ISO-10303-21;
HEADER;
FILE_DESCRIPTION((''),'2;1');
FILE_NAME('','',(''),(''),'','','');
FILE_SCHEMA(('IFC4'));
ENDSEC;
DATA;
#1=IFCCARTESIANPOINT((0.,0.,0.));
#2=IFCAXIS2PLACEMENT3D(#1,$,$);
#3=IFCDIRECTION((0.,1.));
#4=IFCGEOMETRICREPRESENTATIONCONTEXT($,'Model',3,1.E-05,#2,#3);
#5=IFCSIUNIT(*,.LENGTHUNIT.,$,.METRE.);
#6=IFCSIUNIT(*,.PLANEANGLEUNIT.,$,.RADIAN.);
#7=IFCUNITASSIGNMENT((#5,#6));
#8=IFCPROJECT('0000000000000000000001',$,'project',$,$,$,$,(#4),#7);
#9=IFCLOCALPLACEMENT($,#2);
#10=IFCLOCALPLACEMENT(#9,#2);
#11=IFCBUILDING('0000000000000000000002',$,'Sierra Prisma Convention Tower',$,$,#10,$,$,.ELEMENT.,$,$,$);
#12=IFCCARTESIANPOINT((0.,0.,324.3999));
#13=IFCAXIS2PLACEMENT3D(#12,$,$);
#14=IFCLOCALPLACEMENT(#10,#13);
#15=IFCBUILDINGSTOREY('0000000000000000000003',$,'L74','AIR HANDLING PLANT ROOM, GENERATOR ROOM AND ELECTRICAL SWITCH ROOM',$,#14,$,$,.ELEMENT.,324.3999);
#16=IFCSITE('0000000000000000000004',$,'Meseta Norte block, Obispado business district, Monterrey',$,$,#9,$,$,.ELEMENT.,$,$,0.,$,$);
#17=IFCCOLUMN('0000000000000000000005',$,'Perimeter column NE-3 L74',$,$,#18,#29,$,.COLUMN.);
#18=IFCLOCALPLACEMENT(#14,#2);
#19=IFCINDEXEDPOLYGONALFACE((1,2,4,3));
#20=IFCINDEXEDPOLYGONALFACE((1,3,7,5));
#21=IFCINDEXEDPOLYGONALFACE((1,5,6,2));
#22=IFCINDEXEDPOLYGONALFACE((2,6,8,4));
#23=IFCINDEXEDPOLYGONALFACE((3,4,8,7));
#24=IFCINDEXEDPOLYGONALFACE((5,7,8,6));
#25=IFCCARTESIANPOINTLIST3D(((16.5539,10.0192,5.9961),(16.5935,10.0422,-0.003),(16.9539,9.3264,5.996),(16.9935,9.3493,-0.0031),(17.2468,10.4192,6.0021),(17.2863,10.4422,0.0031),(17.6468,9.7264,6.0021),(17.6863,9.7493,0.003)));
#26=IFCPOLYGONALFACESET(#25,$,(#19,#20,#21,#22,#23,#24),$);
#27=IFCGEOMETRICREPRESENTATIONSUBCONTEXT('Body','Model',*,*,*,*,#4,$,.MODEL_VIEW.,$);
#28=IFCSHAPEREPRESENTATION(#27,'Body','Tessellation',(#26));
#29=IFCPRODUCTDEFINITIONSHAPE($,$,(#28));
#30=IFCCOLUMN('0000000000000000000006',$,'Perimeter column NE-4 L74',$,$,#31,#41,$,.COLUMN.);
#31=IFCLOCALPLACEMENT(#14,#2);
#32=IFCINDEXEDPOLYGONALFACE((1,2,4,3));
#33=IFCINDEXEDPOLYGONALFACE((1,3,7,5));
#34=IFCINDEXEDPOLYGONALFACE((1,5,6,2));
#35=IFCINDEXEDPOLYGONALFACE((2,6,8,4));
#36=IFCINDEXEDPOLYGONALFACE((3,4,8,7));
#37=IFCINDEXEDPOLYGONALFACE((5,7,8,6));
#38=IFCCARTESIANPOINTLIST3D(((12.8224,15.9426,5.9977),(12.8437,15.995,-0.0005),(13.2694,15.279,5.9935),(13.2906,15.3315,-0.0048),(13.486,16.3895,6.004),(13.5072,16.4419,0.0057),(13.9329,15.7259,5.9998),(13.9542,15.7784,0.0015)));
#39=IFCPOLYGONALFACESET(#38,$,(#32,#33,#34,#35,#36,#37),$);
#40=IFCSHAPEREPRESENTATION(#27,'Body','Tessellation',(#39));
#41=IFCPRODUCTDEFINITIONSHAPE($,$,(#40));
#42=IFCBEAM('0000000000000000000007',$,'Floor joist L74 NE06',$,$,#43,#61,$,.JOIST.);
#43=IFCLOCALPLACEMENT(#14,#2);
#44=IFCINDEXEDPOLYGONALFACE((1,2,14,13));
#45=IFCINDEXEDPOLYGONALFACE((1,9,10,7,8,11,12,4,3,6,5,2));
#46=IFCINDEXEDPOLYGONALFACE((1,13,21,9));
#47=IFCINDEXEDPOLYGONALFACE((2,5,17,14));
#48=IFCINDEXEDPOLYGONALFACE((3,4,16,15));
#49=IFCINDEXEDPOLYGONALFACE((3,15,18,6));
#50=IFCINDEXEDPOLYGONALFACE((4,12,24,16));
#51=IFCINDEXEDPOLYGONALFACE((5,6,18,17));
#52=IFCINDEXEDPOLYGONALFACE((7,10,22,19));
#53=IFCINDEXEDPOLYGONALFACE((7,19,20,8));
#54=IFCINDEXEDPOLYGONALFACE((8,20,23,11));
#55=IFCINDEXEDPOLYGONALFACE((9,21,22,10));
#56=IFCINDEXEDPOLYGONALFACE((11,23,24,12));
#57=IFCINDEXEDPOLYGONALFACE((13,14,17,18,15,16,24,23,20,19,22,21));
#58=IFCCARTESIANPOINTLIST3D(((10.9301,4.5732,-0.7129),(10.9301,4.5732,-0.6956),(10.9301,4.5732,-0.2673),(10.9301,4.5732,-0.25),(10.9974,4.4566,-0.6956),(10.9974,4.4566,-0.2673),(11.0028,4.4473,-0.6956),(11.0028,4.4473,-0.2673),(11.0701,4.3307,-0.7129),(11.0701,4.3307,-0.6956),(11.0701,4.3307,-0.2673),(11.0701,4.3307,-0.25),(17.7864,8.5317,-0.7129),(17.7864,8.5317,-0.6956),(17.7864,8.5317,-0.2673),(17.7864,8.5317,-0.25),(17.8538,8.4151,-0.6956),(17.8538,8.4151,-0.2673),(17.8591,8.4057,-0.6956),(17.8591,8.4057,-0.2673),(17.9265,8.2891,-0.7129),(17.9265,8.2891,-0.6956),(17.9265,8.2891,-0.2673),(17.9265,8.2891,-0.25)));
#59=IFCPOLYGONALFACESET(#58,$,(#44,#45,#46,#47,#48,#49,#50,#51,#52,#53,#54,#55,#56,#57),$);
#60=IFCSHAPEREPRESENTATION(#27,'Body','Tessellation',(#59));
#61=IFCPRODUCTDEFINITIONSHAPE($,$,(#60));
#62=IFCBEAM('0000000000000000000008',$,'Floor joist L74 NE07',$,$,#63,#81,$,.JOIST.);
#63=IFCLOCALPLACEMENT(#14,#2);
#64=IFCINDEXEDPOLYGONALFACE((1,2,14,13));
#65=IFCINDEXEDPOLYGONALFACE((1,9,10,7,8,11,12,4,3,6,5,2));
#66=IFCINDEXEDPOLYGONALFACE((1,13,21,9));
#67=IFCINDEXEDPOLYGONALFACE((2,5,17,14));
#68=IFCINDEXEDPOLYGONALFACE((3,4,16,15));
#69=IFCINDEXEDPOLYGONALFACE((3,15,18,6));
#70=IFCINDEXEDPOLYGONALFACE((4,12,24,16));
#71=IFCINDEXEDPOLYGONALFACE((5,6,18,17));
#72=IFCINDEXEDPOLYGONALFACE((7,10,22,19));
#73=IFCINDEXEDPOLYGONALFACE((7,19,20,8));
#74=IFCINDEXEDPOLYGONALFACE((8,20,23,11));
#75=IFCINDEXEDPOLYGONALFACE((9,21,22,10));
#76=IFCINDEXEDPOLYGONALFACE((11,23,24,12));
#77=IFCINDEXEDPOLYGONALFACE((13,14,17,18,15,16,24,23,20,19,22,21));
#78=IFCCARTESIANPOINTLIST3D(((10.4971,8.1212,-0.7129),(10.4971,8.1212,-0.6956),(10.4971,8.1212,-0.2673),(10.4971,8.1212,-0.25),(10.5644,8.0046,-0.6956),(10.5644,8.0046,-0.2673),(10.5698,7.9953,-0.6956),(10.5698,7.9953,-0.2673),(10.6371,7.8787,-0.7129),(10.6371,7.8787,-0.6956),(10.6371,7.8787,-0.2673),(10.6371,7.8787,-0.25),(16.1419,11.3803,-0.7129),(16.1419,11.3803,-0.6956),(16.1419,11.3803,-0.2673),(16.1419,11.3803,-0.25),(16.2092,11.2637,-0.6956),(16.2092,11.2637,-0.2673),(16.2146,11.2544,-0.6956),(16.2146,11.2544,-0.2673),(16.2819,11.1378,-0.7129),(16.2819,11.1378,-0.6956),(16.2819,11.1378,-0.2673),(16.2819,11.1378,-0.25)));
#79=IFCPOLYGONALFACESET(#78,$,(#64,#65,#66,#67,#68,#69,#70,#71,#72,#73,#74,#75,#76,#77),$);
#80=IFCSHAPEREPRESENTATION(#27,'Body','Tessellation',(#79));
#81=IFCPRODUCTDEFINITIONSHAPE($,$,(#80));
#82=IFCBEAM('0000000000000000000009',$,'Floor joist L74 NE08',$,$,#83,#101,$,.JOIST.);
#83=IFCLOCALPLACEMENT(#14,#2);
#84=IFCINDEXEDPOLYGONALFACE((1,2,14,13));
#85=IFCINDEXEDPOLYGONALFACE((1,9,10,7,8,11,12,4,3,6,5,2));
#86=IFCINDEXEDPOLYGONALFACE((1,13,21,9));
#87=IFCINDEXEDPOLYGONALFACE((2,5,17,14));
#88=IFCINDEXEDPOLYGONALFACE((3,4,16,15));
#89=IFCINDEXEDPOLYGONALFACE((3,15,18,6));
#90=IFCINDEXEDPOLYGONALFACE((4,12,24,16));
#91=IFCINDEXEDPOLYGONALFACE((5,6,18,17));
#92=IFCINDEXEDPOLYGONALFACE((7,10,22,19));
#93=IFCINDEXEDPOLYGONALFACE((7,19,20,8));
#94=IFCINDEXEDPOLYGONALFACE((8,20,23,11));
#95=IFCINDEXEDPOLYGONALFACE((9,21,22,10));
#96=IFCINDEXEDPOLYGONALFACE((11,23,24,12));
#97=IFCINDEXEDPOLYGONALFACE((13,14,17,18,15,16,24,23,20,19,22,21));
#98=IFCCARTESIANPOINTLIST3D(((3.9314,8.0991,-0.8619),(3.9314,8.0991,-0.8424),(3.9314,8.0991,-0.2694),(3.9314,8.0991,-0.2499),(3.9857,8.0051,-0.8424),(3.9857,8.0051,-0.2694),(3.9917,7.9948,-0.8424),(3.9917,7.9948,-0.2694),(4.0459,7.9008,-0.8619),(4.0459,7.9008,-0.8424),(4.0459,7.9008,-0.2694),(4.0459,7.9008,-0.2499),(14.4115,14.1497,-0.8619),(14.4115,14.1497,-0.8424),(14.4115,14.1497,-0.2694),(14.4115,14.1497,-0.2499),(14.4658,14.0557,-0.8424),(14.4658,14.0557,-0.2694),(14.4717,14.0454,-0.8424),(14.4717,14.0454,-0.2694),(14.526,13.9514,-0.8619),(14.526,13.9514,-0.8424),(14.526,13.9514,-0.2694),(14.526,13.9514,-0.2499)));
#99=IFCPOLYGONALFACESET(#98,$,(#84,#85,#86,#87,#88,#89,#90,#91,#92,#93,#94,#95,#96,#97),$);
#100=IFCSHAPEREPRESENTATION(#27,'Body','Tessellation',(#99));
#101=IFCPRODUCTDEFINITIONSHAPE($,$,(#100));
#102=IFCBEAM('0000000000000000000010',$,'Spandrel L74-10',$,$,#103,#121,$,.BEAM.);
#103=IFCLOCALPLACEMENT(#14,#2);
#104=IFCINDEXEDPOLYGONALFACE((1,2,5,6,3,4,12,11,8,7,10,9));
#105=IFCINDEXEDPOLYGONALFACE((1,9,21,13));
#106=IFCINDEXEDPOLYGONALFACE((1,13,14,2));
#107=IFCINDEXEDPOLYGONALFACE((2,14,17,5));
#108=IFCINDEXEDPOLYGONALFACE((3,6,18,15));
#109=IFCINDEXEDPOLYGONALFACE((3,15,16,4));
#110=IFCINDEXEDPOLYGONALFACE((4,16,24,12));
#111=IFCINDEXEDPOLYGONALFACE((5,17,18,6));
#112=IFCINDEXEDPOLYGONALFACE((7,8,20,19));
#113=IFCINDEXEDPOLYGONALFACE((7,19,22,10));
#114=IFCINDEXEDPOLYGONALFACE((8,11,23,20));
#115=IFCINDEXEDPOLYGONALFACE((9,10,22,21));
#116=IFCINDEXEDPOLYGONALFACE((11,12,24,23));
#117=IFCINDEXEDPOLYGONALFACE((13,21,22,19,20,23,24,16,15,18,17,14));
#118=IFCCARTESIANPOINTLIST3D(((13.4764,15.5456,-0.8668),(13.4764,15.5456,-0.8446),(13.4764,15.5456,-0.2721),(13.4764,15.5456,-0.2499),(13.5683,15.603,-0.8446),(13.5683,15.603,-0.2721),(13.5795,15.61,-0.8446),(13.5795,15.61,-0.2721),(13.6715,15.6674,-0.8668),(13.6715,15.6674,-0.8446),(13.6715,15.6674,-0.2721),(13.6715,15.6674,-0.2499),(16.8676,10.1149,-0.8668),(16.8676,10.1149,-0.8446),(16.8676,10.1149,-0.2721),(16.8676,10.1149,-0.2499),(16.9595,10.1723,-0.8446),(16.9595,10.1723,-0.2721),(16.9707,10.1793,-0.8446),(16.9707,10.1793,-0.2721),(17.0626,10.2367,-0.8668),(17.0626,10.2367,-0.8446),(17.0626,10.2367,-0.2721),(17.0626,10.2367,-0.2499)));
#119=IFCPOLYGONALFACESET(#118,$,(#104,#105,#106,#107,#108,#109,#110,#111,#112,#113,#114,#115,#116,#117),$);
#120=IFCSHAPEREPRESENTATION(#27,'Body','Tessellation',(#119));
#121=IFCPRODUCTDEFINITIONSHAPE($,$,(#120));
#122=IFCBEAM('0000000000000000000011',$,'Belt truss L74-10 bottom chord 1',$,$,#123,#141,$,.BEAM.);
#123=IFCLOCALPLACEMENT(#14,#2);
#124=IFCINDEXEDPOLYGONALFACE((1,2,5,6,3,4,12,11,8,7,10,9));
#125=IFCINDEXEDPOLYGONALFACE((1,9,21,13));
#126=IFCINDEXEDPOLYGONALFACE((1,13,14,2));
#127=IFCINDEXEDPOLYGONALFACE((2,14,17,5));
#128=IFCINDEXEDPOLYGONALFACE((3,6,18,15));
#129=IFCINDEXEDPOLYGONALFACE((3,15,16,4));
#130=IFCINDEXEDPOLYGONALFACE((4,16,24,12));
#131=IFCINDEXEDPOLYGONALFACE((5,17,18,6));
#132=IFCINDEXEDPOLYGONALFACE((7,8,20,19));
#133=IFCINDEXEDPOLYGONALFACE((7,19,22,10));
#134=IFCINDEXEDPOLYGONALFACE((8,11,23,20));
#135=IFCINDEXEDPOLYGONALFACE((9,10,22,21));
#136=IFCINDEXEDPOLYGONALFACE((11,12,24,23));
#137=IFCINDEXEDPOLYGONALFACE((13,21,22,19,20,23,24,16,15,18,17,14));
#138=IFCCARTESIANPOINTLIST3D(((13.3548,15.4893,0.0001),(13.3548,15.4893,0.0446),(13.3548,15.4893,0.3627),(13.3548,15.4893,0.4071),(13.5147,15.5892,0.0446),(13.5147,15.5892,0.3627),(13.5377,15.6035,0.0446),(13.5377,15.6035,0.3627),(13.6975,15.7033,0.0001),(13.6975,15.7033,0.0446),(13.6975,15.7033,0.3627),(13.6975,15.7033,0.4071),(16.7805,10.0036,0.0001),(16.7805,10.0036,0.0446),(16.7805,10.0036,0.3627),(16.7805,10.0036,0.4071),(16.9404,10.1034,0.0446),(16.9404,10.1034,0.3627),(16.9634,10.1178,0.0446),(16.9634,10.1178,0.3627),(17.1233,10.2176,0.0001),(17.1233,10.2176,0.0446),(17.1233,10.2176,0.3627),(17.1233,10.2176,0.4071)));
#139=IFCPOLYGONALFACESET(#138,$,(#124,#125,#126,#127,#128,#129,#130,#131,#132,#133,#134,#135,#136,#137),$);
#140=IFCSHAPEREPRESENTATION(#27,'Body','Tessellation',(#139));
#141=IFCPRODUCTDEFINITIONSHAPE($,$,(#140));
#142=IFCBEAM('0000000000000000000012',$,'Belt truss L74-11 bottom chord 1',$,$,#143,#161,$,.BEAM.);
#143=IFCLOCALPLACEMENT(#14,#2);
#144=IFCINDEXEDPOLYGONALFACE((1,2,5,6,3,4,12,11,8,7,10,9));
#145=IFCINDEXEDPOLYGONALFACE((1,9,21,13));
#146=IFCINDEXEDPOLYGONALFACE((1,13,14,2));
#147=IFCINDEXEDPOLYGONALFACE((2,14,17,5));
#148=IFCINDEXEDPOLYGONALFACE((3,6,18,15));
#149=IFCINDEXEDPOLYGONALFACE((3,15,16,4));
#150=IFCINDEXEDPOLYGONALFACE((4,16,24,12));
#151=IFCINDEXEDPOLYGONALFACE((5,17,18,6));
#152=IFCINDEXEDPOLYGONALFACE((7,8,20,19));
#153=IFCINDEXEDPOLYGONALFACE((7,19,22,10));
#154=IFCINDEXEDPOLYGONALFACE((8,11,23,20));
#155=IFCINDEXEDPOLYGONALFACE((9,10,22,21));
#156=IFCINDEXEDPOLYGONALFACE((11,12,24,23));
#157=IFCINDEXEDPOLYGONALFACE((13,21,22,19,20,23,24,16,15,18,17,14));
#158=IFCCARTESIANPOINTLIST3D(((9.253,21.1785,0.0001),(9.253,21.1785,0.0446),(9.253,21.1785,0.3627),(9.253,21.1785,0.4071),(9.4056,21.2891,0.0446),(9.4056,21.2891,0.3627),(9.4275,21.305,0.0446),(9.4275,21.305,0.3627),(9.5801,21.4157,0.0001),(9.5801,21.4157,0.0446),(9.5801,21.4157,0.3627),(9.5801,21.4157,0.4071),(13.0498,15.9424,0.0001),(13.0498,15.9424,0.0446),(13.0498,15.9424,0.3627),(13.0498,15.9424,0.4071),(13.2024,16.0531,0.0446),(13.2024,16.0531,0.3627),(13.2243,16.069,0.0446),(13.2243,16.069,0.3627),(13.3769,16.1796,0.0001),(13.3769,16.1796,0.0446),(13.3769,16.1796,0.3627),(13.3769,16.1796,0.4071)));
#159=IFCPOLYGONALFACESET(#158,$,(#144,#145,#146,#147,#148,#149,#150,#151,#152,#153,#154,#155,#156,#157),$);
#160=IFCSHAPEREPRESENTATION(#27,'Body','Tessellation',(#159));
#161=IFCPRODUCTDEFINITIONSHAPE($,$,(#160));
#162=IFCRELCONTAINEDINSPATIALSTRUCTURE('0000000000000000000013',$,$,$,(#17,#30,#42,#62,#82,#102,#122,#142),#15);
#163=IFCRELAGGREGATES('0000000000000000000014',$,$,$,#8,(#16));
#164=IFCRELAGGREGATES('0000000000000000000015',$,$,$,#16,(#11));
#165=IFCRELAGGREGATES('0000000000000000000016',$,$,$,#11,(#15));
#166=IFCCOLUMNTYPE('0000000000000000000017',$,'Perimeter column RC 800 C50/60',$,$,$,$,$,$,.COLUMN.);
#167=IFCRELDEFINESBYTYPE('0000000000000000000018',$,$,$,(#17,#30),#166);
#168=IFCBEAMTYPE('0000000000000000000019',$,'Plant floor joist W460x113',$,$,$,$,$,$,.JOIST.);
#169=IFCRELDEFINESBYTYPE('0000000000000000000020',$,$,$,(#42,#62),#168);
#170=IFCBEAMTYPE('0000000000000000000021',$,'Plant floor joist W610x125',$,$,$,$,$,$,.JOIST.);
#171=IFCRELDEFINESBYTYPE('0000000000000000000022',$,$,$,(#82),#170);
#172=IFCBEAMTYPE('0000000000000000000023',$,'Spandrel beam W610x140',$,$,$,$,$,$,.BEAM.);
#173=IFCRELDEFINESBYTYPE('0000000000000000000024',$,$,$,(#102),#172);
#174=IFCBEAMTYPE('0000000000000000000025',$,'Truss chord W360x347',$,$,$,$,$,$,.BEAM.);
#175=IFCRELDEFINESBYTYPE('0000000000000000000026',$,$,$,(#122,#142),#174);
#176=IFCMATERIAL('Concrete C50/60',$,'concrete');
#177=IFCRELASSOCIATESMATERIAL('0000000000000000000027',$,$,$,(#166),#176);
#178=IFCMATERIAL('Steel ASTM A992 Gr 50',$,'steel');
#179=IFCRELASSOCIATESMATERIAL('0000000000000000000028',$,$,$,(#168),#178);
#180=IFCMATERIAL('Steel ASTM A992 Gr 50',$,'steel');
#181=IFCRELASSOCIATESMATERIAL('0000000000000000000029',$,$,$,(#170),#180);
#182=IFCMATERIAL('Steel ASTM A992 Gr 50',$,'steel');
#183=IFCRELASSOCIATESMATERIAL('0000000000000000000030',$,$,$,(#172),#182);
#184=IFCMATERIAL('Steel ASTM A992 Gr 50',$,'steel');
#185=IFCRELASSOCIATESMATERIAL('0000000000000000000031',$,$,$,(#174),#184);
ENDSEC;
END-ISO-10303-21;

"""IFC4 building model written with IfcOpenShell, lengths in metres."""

from ifc_helpers import new_model, si_unit, direction, frame, origin, origin_2d, place, context, subcontext, project, spatial, rectangle, i_section, extrude, clip, halfspace, material, material_profile, profile_set, type_object, element, save


model = new_model("IFC4")

# Units and contexts
model_context = context("Model", 3, precision=1e-05, world=origin(), true_north=direction((0.0, 1.0)))
body_context = subcontext(model_context, "Body", "Model", "MODEL_VIEW")
ifc_project = project(units=[si_unit("LENGTHUNIT", "METRE"), si_unit("PLANEANGLEUNIT", "RADIAN")], contexts=[model_context])

# Site, building, storey
site_placement = place(None, origin())
site = spatial("IfcSite", under=ifc_project, at=site_placement, Name="Meseta Norte block, Obispado business district, Monterrey", CompositionType="ELEMENT", RefElevation=0.0)
building_placement = place(site_placement, origin())
building = spatial("IfcBuilding", under=site, at=building_placement, Name="Sierra Prisma Convention Tower", CompositionType="ELEMENT")
storey_placement = place(building_placement, frame((0.0, 0.0, 324.3999)))
storey = spatial("IfcBuildingStorey", under=building, at=storey_placement, Name="L74", Description="AIR HANDLING PLANT ROOM, GENERATOR ROOM AND ELECTRICAL SWITCH ROOM", CompositionType="ELEMENT", Elevation=324.3999)

# Columns
ifc_material_1 = material(Name="Concrete C50/60", Category="concrete")
ifc_material_profile_1 = material_profile(ifc_material_1, rectangle(XDim=0.8, YDim=0.8, at=origin_2d()), Name="Perimeter column RC 800 C50/60")
ifc_profile_set_1 = profile_set([ifc_material_profile_1], Name="Concrete C50/60")
column_type = type_object("IfcColumnType", Name="Perimeter column RC 800 C50/60", PredefinedType="COLUMN", material=ifc_profile_set_1)
column_1_placement = place(storey_placement, frame((17.1399, 9.8958, 0.0), z_axis=(-0.006592, -0.003825, 0.999971), x_axis=(-0.499989, 0.866032, 0.000017)))
element("IfcColumn", 1, at=column_1_placement, inside=storey, type_object=column_type, Name="Perimeter column NE-3 L74", PredefinedType="COLUMN", context=body_context, shape_type="SweptSolid", body=[
    clip(extrude(rectangle(XDim=0.8, YDim=0.8, at=origin_2d()), origin(), (0.0, 0.0, 1.0), 6.0002), halfspace(frame((0.0, 0.0, 5.9993)), False)),
])
column_2_placement = place(storey_placement, frame((13.3989, 15.8867, 0.0), z_axis=(-0.00354, -0.008748, 0.999955), x_axis=(-0.558642, 0.829392, 0.005278)))
element("IfcColumn", 2, at=column_2_placement, inside=storey, type_object=column_type, Name="Perimeter column NE-4 L74", PredefinedType="COLUMN", context=body_context, shape_type="SweptSolid", body=[
    clip(clip(extrude(rectangle(XDim=0.8, YDim=0.8, at=origin_2d()), origin(), (0.0, 0.0, 1.0), 6.0002), halfspace(frame((0.0, 0.0, 0.0005)), True)), halfspace(frame((0.0, 0.0, 5.999)), False)),
])

# Beams
ifc_material_2 = material(Name="Steel ASTM A992 Gr 50", Category="steel")
ifc_material_profile_2 = material_profile(ifc_material_2, i_section(OverallWidth=0.28, OverallDepth=0.4629, WebThickness=0.0107, FlangeThickness=0.0173, at=origin_2d()), Name="W460x113")
ifc_profile_set_2 = profile_set([ifc_material_profile_2], Name="Steel ASTM A992 Gr 50")
beam_type_1 = type_object("IfcBeamType", Name="Plant floor joist W460x113", PredefinedType="JOIST", material=ifc_profile_set_2)
beam_1_placement = place(storey_placement, frame((17.8564, 8.4104, -0.4814), z_axis=(-0.866029, -0.499993, 0.0), x_axis=(0.499993, -0.866029, 0.0)))
element("IfcBeam", 3, at=beam_1_placement, inside=storey, type_object=beam_type_1, Name="Floor joist L74 NE06", PredefinedType="JOIST", context=body_context, shape_type="SweptSolid", body=[
    extrude(i_section(OverallWidth=0.28, OverallDepth=0.4629, WebThickness=0.0107, FlangeThickness=0.0173, at=origin_2d()), origin(), (0.0, 0.0, 1.0), 7.917),
])
beam_2_placement = place(storey_placement, frame((16.2119, 11.259, -0.4814), z_axis=(-0.866024, -0.500002, 0.0), x_axis=(0.500002, -0.866024, 0.0)))
element("IfcBeam", 4, at=beam_2_placement, inside=storey, type_object=beam_type_1, Name="Floor joist L74 NE07", PredefinedType="JOIST", context=body_context, shape_type="SweptSolid", body=[
    extrude(i_section(OverallWidth=0.28, OverallDepth=0.4629, WebThickness=0.0107, FlangeThickness=0.0173, at=origin_2d()), origin(), (0.0, 0.0, 1.0), 6.5181),
])
ifc_material_3 = material(Name="Steel ASTM A992 Gr 50", Category="steel")
ifc_material_profile_3 = material_profile(ifc_material_3, i_section(OverallWidth=0.229, OverallDepth=0.6121, WebThickness=0.012, FlangeThickness=0.0195, at=origin_2d()), Name="W610x125")
ifc_profile_set_3 = profile_set([ifc_material_profile_3], Name="Steel ASTM A992 Gr 50")
beam_type_2 = type_object("IfcBeamType", Name="Plant floor joist W610x125", PredefinedType="JOIST", material=ifc_profile_set_3)
beam_3_placement = place(storey_placement, frame((14.4688, 14.0505, -0.5559), z_axis=(-0.866028, -0.499995, 0.0), x_axis=(0.499995, -0.866028, 0.0)))
element("IfcBeam", 5, at=beam_3_placement, inside=storey, type_object=beam_type_2, Name="Floor joist L74 NE08", PredefinedType="JOIST", context=body_context, shape_type="SweptSolid", body=[
    extrude(i_section(OverallWidth=0.229, OverallDepth=0.6121, WebThickness=0.012, FlangeThickness=0.0195, at=origin_2d()), origin(), (0.0, 0.0, 1.0), 12.1013),
])
ifc_material_4 = material(Name="Steel ASTM A992 Gr 50", Category="steel")
ifc_material_profile_4 = material_profile(ifc_material_4, i_section(OverallWidth=0.23, OverallDepth=0.6169, WebThickness=0.0132, FlangeThickness=0.0222, at=origin_2d()), Name="W610x140")
ifc_profile_set_4 = profile_set([ifc_material_profile_4], Name="Steel ASTM A992 Gr 50")
beam_type_3 = type_object("IfcBeamType", Name="Spandrel beam W610x140", PredefinedType="BEAM", material=ifc_profile_set_4)
beam_4_placement = place(storey_placement, frame((16.9651, 10.1758, -0.5583), z_axis=(-0.529656, 0.848212, 0.0), x_axis=(-0.848212, -0.529656, 0.0)))
element("IfcBeam", 6, at=beam_4_placement, inside=storey, type_object=beam_type_3, Name="Spandrel L74-10", PredefinedType="BEAM", context=body_context, shape_type="SweptSolid", body=[
    extrude(i_section(OverallWidth=0.23, OverallDepth=0.6169, WebThickness=0.0132, FlangeThickness=0.0222, at=origin_2d()), origin(), (0.0, 0.0, 1.0), 6.4026),
])
ifc_material_5 = material(Name="Steel ASTM A992 Gr 50", Category="steel")
ifc_material_profile_5 = material_profile(ifc_material_5, i_section(OverallWidth=0.4041, OverallDepth=0.407, WebThickness=0.0271, FlangeThickness=0.0444, at=origin_2d()), Name="W360x347")
ifc_profile_set_5 = profile_set([ifc_material_profile_5], Name="Steel ASTM A992 Gr 50")
beam_type_4 = type_object("IfcBeamType", Name="Truss chord W360x347", PredefinedType="BEAM", material=ifc_profile_set_5)
beam_5_placement = place(storey_placement, frame((16.9519, 10.1106, 0.2036), z_axis=(-0.52968, 0.848198, 0.0), x_axis=(-0.848198, -0.52968, 0.0)))
element("IfcBeam", 7, at=beam_5_placement, inside=storey, type_object=beam_type_4, Name="Belt truss L74-10 bottom chord 1", PredefinedType="BEAM", context=body_context, shape_type="SweptSolid", body=[
    extrude(i_section(OverallWidth=0.4041, OverallDepth=0.407, WebThickness=0.0271, FlangeThickness=0.0444, at=origin_2d()), origin(), (0.0, 0.0, 1.0), 6.4675),
])
beam_6_placement = place(storey_placement, frame((13.2134, 16.061, 0.2036), z_axis=(-0.58704, 0.809558, 0.0), x_axis=(-0.809558, -0.58704, 0.0)))
element("IfcBeam", 8, at=beam_6_placement, inside=storey, type_object=beam_type_4, Name="Belt truss L74-11 bottom chord 1", PredefinedType="BEAM", context=body_context, shape_type="SweptSolid", body=[
    extrude(i_section(OverallWidth=0.4041, OverallDepth=0.407, WebThickness=0.0271, FlangeThickness=0.0444, at=origin_2d()), origin(), (0.0, 0.0, 1.0), 6.4678),
])

save(model, "model.ifc")
